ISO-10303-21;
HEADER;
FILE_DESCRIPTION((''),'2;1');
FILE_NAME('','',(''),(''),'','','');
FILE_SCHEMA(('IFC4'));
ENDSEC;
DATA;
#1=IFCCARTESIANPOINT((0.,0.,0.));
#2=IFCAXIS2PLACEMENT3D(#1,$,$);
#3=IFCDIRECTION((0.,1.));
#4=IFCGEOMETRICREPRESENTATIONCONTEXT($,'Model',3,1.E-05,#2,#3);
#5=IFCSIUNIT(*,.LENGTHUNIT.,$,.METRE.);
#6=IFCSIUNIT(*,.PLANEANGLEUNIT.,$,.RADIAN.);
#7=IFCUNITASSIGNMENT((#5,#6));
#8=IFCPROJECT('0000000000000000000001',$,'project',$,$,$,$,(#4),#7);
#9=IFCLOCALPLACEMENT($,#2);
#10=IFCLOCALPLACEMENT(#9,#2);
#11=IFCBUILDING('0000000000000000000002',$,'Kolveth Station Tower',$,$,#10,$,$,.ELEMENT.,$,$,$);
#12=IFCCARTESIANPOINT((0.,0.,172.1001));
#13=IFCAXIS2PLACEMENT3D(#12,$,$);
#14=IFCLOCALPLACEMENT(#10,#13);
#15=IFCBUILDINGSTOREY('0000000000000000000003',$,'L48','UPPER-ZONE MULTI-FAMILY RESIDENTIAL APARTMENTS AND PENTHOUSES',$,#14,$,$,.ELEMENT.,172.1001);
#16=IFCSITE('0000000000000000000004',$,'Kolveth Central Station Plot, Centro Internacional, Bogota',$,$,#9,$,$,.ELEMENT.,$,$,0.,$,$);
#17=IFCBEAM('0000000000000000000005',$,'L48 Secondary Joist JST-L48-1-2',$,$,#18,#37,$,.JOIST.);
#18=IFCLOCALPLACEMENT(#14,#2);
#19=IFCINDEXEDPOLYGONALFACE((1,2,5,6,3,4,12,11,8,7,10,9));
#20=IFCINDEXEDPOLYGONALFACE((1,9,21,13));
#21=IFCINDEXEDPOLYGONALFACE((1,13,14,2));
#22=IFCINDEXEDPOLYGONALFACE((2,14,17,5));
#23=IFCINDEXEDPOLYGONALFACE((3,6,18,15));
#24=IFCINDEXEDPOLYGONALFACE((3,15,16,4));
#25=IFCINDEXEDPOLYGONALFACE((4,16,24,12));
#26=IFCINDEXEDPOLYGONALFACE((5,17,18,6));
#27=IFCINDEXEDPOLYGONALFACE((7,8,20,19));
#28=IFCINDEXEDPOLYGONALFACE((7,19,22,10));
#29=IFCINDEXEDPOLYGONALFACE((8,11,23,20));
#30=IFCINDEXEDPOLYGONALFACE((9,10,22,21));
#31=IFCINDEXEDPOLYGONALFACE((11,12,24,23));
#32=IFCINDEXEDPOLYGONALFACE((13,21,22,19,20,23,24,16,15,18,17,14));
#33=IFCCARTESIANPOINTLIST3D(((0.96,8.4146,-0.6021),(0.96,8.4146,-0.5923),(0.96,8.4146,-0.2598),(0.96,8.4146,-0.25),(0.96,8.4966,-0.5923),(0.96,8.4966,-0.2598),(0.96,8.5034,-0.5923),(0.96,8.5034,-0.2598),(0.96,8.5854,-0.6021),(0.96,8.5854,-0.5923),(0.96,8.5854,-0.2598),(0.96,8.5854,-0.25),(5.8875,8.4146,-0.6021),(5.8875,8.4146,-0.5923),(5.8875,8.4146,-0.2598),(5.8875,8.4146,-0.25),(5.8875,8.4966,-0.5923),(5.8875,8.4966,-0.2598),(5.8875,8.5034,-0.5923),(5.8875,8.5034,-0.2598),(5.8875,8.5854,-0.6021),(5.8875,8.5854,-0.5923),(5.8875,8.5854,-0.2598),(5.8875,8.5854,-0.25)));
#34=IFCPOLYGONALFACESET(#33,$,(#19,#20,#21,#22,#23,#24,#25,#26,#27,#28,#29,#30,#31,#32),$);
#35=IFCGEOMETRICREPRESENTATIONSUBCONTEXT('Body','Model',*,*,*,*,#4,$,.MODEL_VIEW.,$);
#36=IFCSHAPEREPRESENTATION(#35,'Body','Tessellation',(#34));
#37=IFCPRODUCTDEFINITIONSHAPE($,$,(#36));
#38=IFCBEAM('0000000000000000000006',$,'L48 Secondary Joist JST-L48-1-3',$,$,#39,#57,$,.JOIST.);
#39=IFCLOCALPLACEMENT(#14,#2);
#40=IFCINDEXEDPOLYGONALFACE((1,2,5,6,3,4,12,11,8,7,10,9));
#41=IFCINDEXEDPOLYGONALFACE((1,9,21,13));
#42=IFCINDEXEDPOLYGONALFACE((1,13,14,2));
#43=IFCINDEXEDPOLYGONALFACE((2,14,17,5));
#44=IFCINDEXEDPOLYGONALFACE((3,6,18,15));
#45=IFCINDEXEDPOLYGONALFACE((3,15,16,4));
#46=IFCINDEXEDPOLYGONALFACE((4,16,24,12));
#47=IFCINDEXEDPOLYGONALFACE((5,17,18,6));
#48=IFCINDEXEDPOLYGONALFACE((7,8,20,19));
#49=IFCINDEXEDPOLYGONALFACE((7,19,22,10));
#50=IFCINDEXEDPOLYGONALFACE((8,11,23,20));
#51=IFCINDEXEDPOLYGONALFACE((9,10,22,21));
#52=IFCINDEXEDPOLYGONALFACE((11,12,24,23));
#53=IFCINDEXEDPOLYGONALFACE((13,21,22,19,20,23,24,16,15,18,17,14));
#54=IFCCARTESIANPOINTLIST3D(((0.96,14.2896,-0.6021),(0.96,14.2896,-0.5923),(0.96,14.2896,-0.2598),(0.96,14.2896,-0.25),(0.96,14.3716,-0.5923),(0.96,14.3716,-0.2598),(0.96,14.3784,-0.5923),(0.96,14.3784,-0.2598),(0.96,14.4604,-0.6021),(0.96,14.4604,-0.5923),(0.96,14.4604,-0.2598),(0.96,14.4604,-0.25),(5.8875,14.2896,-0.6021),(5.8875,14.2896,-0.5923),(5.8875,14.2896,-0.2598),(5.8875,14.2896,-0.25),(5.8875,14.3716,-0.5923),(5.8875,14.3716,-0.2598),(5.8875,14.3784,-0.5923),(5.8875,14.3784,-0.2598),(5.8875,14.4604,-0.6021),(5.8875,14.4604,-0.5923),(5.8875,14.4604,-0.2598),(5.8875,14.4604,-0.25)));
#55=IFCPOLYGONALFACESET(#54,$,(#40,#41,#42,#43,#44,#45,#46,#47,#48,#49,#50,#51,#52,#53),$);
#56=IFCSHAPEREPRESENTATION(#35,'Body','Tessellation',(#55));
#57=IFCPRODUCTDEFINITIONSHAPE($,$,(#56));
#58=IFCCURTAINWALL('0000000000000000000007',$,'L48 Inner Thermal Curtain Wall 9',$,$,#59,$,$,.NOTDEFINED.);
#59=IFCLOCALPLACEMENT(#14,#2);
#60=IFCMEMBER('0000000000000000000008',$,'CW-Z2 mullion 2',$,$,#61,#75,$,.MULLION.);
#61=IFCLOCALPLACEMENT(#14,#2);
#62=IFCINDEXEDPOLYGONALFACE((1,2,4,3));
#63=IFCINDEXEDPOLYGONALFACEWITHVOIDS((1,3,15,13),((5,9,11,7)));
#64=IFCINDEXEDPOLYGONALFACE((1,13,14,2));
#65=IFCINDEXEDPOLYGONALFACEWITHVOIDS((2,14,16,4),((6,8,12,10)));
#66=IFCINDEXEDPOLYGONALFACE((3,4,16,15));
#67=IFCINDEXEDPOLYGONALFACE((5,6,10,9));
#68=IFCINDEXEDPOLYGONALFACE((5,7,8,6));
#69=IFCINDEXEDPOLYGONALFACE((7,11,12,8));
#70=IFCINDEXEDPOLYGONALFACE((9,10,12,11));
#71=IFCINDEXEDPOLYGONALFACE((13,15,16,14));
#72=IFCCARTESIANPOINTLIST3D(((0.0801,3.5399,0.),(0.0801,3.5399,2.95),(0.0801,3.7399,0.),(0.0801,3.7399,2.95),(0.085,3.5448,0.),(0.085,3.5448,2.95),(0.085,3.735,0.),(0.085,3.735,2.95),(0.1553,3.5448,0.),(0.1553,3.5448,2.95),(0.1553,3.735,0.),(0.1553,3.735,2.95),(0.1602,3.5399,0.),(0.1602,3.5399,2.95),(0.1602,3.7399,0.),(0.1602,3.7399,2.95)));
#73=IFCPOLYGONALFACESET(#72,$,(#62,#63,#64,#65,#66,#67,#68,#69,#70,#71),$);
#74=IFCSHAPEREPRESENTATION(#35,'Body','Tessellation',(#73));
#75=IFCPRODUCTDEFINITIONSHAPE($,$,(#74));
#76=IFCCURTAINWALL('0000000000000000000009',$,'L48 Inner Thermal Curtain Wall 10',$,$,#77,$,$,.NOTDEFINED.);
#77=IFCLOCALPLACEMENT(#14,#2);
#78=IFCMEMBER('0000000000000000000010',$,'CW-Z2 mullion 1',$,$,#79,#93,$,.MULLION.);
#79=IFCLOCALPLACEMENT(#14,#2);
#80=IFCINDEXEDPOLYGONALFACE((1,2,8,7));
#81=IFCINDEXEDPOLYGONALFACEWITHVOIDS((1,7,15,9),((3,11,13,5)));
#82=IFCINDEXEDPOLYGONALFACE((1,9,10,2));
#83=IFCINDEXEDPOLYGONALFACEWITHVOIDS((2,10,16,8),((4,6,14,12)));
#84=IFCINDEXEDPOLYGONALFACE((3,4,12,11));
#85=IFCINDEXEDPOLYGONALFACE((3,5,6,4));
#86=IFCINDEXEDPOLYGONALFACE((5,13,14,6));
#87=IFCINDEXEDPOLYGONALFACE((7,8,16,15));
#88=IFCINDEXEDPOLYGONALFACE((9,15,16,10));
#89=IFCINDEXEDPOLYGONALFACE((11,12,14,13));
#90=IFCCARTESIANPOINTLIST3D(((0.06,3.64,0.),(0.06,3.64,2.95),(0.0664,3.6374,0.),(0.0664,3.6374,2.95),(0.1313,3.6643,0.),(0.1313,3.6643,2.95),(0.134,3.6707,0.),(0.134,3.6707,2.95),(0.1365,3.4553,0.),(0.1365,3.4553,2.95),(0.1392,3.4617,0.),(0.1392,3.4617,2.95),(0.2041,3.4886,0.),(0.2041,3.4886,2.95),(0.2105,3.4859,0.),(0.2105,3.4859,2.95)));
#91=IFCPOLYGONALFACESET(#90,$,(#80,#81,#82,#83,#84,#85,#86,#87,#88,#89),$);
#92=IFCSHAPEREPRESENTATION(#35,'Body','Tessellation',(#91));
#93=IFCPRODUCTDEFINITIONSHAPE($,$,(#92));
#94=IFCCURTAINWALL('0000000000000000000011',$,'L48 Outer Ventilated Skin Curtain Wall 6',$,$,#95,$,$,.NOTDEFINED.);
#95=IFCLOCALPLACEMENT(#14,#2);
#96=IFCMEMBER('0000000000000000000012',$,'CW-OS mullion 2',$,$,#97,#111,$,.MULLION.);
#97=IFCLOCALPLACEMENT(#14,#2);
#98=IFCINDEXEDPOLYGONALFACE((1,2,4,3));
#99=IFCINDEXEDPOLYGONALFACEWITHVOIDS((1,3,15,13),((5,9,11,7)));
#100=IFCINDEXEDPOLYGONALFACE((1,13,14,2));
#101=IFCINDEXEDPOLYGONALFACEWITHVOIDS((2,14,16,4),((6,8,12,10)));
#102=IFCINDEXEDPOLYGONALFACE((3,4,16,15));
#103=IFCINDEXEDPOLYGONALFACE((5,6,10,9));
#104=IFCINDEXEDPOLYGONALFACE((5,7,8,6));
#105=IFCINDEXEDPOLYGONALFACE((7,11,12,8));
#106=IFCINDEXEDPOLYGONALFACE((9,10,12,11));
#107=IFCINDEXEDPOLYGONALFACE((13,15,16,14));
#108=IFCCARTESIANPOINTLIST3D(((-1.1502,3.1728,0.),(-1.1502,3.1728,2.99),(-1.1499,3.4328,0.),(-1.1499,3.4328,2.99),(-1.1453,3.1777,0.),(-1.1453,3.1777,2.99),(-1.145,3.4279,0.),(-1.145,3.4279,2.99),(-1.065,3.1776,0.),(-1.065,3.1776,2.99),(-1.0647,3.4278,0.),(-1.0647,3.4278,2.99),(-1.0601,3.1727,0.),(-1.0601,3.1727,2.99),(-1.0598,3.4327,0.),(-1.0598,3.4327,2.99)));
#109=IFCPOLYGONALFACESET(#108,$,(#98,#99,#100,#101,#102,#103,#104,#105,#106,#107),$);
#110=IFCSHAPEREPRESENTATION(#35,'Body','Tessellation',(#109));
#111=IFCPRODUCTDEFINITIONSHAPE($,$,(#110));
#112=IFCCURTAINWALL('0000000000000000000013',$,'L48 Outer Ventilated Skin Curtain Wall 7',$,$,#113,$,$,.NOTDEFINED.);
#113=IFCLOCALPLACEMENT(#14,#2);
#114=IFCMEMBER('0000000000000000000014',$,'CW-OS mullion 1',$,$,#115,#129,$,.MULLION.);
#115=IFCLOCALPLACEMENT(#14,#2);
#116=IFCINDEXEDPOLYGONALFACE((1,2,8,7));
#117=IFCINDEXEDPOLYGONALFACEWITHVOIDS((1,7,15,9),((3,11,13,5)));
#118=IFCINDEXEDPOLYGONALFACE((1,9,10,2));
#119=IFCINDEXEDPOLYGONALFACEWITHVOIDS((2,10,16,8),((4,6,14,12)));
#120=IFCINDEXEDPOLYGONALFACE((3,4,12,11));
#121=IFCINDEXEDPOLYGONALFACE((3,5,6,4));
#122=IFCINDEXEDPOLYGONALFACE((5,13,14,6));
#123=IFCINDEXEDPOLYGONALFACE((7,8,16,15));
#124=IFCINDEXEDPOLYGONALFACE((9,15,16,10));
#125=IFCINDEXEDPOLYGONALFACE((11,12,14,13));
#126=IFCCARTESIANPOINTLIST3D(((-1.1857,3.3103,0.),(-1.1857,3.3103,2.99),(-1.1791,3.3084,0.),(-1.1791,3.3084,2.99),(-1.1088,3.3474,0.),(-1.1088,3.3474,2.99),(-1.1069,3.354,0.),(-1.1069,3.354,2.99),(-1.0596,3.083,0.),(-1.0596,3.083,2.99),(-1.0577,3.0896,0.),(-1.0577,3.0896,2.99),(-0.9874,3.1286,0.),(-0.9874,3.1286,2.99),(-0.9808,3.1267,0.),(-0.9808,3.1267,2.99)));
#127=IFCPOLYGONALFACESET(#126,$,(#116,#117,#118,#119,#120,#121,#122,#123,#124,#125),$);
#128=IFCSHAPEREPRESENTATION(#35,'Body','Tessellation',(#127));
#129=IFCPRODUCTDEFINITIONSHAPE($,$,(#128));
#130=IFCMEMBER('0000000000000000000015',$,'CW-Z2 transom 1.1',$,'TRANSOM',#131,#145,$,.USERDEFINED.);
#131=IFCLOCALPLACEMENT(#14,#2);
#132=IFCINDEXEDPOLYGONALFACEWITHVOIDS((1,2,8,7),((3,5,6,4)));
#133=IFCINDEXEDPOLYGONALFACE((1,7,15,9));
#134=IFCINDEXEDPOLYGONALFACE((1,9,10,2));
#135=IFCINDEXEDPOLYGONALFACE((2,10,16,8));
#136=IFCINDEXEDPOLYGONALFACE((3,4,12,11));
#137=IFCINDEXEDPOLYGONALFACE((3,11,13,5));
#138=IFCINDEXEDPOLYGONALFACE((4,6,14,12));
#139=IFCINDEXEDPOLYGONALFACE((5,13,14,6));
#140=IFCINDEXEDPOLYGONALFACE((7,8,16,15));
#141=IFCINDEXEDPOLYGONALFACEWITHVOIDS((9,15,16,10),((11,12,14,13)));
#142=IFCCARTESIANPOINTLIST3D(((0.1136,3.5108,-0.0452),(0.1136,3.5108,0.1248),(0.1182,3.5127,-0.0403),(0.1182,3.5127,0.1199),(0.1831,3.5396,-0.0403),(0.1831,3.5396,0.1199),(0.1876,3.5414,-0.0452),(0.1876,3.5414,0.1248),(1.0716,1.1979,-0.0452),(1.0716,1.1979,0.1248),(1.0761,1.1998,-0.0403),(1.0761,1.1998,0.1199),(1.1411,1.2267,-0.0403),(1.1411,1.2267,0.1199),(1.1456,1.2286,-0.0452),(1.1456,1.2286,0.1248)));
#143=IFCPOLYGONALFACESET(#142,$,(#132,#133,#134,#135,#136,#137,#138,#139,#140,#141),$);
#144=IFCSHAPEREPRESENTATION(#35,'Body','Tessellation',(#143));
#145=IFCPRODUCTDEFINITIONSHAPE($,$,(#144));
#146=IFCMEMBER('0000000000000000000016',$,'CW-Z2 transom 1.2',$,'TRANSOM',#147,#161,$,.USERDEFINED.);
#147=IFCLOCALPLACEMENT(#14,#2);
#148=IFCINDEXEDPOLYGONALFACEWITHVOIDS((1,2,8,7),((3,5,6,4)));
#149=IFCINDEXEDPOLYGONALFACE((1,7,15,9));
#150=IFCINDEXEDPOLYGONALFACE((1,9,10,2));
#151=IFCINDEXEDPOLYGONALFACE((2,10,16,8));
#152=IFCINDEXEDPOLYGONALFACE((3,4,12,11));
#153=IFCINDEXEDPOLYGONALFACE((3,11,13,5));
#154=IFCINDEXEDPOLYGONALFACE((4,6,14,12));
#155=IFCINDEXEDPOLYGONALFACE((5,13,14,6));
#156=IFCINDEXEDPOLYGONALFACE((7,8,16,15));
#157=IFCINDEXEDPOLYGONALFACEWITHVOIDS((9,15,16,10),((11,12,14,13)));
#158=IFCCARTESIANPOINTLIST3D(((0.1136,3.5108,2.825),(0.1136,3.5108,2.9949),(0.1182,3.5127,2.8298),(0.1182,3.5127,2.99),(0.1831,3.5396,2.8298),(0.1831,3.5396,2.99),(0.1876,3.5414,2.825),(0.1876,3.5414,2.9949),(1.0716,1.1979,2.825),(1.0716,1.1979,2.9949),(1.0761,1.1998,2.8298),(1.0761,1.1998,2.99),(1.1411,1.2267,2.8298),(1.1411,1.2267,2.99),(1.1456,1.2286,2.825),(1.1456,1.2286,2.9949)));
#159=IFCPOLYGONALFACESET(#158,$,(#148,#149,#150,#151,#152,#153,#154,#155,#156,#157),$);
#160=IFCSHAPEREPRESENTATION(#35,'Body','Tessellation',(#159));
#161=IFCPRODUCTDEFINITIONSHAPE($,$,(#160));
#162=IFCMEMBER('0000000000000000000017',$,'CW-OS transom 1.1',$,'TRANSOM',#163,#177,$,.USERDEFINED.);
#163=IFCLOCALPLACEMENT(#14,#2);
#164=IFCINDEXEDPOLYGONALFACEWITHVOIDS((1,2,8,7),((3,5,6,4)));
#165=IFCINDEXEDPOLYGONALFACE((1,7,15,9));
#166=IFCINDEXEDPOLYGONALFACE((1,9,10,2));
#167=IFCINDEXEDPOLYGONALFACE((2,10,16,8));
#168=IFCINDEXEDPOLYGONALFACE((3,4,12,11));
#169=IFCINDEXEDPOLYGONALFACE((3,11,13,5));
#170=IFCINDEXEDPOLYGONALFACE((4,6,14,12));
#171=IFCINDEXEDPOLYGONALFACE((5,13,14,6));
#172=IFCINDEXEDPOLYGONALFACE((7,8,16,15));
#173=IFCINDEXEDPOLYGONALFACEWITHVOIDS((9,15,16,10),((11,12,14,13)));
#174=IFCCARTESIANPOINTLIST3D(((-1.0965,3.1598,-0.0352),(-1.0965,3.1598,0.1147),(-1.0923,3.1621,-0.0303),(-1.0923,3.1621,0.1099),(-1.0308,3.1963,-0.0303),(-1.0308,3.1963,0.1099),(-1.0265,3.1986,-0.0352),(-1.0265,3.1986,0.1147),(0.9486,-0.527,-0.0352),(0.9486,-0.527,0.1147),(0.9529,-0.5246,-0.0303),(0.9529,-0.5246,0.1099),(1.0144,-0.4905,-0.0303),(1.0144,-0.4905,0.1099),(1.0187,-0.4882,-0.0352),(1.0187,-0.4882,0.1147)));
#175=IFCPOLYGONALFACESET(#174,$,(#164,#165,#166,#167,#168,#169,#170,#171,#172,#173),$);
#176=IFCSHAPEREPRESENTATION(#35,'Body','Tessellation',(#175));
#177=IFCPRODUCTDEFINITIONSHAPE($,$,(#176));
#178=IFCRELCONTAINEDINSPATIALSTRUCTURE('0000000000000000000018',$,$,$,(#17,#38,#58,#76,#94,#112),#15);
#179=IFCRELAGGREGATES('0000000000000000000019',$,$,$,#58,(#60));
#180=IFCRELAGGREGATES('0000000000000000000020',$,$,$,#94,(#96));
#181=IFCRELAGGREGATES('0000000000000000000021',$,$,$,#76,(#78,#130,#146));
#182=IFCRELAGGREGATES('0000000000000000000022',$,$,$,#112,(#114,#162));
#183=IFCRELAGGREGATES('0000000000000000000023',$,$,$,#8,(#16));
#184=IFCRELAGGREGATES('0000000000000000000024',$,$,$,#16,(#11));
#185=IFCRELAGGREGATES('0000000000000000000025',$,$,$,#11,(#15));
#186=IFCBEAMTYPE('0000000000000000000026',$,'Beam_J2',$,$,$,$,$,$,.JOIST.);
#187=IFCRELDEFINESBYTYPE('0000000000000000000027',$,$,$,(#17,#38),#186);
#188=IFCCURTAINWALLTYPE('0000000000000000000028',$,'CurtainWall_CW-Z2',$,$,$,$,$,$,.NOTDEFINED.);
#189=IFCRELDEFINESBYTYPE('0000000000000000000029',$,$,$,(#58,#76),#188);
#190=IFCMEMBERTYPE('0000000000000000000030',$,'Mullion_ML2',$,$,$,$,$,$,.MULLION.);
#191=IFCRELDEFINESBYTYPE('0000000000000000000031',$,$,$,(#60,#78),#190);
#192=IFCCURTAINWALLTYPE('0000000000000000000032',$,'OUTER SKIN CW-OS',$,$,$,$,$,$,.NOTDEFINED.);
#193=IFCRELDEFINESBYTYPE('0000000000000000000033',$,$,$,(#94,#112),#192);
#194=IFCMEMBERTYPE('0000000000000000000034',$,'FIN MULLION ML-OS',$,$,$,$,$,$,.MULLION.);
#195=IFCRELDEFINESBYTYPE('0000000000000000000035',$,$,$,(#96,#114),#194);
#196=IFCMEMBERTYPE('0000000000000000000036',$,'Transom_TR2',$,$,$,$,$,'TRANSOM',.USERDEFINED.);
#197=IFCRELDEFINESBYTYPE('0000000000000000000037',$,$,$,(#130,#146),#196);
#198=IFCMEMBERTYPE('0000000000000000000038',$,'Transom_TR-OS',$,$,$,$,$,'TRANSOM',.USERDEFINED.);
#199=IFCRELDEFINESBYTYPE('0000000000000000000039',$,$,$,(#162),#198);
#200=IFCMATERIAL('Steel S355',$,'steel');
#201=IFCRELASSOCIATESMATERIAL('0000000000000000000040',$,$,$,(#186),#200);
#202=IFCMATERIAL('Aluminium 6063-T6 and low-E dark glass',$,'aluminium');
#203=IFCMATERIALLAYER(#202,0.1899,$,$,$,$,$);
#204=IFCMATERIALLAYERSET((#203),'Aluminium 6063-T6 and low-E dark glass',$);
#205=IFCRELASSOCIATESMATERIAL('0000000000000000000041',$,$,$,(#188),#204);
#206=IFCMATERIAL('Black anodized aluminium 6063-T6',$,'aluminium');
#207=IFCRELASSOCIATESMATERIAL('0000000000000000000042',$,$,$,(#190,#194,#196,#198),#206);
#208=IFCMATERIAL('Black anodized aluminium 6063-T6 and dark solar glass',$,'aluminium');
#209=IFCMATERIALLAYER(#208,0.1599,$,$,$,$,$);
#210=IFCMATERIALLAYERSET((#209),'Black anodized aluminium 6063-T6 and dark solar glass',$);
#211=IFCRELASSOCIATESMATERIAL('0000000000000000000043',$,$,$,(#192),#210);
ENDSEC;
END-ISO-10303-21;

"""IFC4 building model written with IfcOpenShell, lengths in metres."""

from ifc_helpers import new_model, si_unit, direction, frame, origin, origin_2d, place, context, subcontext, project, spatial, hollow_rectangle, i_section, extrude, source, transform, mapped, material, layer, layer_set, material_profile, profile_set, type_object, element, aggregate, save


model = new_model("IFC4")

# Units and contexts
model_context = context("Model", 3, precision=1e-05, world=origin(), true_north=direction((0.0, 1.0)))
body_context = subcontext(model_context, "Body", "Model", "MODEL_VIEW")
ifc_project = project(units=[si_unit("LENGTHUNIT", "METRE"), si_unit("PLANEANGLEUNIT", "RADIAN")], contexts=[model_context])

# Site, building, storey
site_placement = place(None, origin())
site = spatial("IfcSite", under=ifc_project, at=site_placement, Name="Kolveth Central Station Plot, Centro Internacional, Bogota", CompositionType="ELEMENT", RefElevation=0.0)
building_placement = place(site_placement, origin())
building = spatial("IfcBuilding", under=site, at=building_placement, Name="Kolveth Station Tower", CompositionType="ELEMENT")
storey_placement = place(building_placement, frame((0.0, 0.0, 172.1001)))
storey = spatial("IfcBuildingStorey", under=building, at=storey_placement, Name="L48", Description="UPPER-ZONE MULTI-FAMILY RESIDENTIAL APARTMENTS AND PENTHOUSES", CompositionType="ELEMENT", Elevation=172.1001)

# Shared definitions
ifc_material_1 = material(Name="Steel S355", Category="steel")

# Beams
ifc_material_profile_1 = material_profile(ifc_material_1, i_section(OverallWidth=0.1709, OverallDepth=0.3521, WebThickness=0.0068, FlangeThickness=0.0098, at=origin_2d()), Name="W360x44")
ifc_profile_set_1 = profile_set([ifc_material_profile_1], Name="Steel S355")
beam_type_1 = type_object("IfcBeamType", Name="Beam_J2", PredefinedType="JOIST", material=ifc_profile_set_1)
shared_shape_1 = source(origin(), body_context, "Body", "SweptSolid", [
    extrude(i_section(OverallWidth=0.1709, OverallDepth=0.3521, WebThickness=0.0068, FlangeThickness=0.0098, at=origin_2d()), origin(), (0.0, 0.0, 1.0), 4.9275),
])
for number, where, z_axis, x_axis, name in (
    (1, (0.96, 8.5, -0.426), (1.0, 0.0, 0.0), (0.0, 1.0, 0.0), "L48 Secondary Joist JST-L48-1-2"),
    (2, (0.96, 14.375, -0.426), (1.0, 0.0, 0.0), (0.0, 1.0, 0.0), "L48 Secondary Joist JST-L48-1-3"),
):
    element("IfcBeam", number, at=place(storey_placement, frame(where, z_axis=z_axis, x_axis=x_axis)), inside=storey, type_object=beam_type_1, Name=name, PredefinedType="JOIST", context=body_context, shape_type="MappedRepresentation", body=[
        mapped(shared_shape_1, transform((0.0, 0.0, 0.0), x_axis=(1.0, 0.0, 0.0), y_axis=(0.0, 1.0, 0.0), z_axis=(0.0, 0.0, 1.0), scale=1.0)),
    ])

# Curtain walls, members
ifc_material_2 = material(Name="Aluminium 6063-T6 and low-E dark glass", Category="aluminium")
ifc_layer_1 = layer(ifc_material_2, 0.1899)
ifc_layer_set_1 = layer_set([ifc_layer_1], Name="Aluminium 6063-T6 and low-E dark glass")
curtain_wall_type_1 = type_object("IfcCurtainWallType", Name="CurtainWall_CW-Z2", PredefinedType="NOTDEFINED", material=ifc_layer_set_1)
curtain_wall_1_placement = place(storey_placement, origin())
curtain_wall_1 = element("IfcCurtainWall", 3, at=curtain_wall_1_placement, inside=storey, type_object=curtain_wall_type_1, Name="L48 Inner Thermal Curtain Wall 9", PredefinedType="NOTDEFINED")
ifc_material_3 = material(Name="Black anodized aluminium 6063-T6", Category="aluminium")
ifc_material_profile_2 = material_profile(ifc_material_3, hollow_rectangle(XDim=0.0801, YDim=0.2, WallThickness=0.0049, at=origin_2d()), Name="ALU-80x200x5")
ifc_profile_set_2 = profile_set([ifc_material_profile_2], Name="Black anodized aluminium 6063-T6")
member_type_1 = type_object("IfcMemberType", Name="Mullion_ML2", PredefinedType="MULLION", material=ifc_profile_set_2)
shared_shape_2 = source(origin(), body_context, "Body", "SweptSolid", [
    extrude(hollow_rectangle(XDim=0.0801, YDim=0.2, WallThickness=0.0049, at=origin_2d()), origin(), (0.0, 0.0, 1.0), 2.95),
])
member_1_placement = place(storey_placement, frame((0.1201, 3.6399, 0.0), z_axis=(0.0, 0.0, 1.0), x_axis=(1.0, 0.0, 0.0)))
member_1 = element("IfcMember", 4, at=member_1_placement, type_object=member_type_1, Name="CW-Z2 mullion 2", PredefinedType="MULLION", context=body_context, shape_type="MappedRepresentation", body=[
    mapped(shared_shape_2, transform((0.0, 0.0, 0.0), x_axis=(1.0, 0.0, 0.0), y_axis=(0.0, 1.0, 0.0), z_axis=(0.0, 0.0, 1.0), scale=1.0)),
])
aggregate(curtain_wall_1, [member_1])
curtain_wall_2_placement = place(storey_placement, origin())
curtain_wall_2 = element("IfcCurtainWall", 5, at=curtain_wall_2_placement, inside=storey, type_object=curtain_wall_type_1, Name="L48 Inner Thermal Curtain Wall 10", PredefinedType="NOTDEFINED")
member_2_placement = place(storey_placement, frame((0.1353, 3.563, 0.0), z_axis=(0.0, 0.0, 1.0), x_axis=(0.923874, 0.382698, 0.0)))
member_2 = element("IfcMember", 6, at=member_2_placement, type_object=member_type_1, Name="CW-Z2 mullion 1", PredefinedType="MULLION", context=body_context, shape_type="MappedRepresentation", body=[
    mapped(shared_shape_2, transform((0.0, 0.0, 0.0), x_axis=(1.0, 0.0, 0.0), y_axis=(0.0, 1.0, 0.0), z_axis=(0.0, 0.0, 1.0), scale=1.0)),
])
ifc_material_4 = material(Name="Black anodized aluminium 6063-T6 and dark solar glass", Category="aluminium")
ifc_layer_2 = layer(ifc_material_4, 0.1599)
ifc_layer_set_2 = layer_set([ifc_layer_2], Name="Black anodized aluminium 6063-T6 and dark solar glass")
curtain_wall_type_2 = type_object("IfcCurtainWallType", Name="OUTER SKIN CW-OS", PredefinedType="NOTDEFINED", material=ifc_layer_set_2)
curtain_wall_3_placement = place(storey_placement, origin())
curtain_wall_3 = element("IfcCurtainWall", 7, at=curtain_wall_3_placement, inside=storey, type_object=curtain_wall_type_2, Name="L48 Outer Ventilated Skin Curtain Wall 6", PredefinedType="NOTDEFINED")
ifc_material_profile_3 = material_profile(ifc_material_3, hollow_rectangle(XDim=0.0901, YDim=0.26, WallThickness=0.0049, at=origin_2d()), Name="ALU-90x260x5")
ifc_profile_set_3 = profile_set([ifc_material_profile_3], Name="Black anodized aluminium 6063-T6")
member_type_2 = type_object("IfcMemberType", Name="FIN MULLION ML-OS", PredefinedType="MULLION", material=ifc_profile_set_3)
shared_shape_3 = source(origin(), body_context, "Body", "SweptSolid", [
    extrude(hollow_rectangle(XDim=0.0901, YDim=0.26, WallThickness=0.0049, at=origin_2d()), origin(), (0.0, 0.0, 1.0), 2.99),
])
member_3_placement = place(storey_placement, frame((-1.105, 3.3027, 0.0), z_axis=(0.0, 0.0, 1.0), x_axis=(0.999999, -0.001057, 0.0)))
member_3 = element("IfcMember", 8, at=member_3_placement, type_object=member_type_2, Name="CW-OS mullion 2", PredefinedType="MULLION", context=body_context, shape_type="MappedRepresentation", body=[
    mapped(shared_shape_3, transform((0.0, 0.0, 0.0), x_axis=(1.0, 0.0, 0.0), y_axis=(0.0, 1.0, 0.0), z_axis=(0.0, 0.0, 1.0), scale=1.0)),
])
aggregate(curtain_wall_3, [member_3])
curtain_wall_4_placement = place(storey_placement, origin())
curtain_wall_4 = element("IfcCurtainWall", 9, at=curtain_wall_4_placement, inside=storey, type_object=curtain_wall_type_2, Name="L48 Outer Ventilated Skin Curtain Wall 7", PredefinedType="NOTDEFINED")
member_4_placement = place(storey_placement, frame((-1.0833, 3.2185, 0.0), z_axis=(0.0, 0.0, 1.0), x_axis=(0.874472, 0.485077, 0.0)))
member_4 = element("IfcMember", 10, at=member_4_placement, type_object=member_type_2, Name="CW-OS mullion 1", PredefinedType="MULLION", context=body_context, shape_type="MappedRepresentation", body=[
    mapped(shared_shape_3, transform((0.0, 0.0, 0.0), x_axis=(1.0, 0.0, 0.0), y_axis=(0.0, 1.0, 0.0), z_axis=(0.0, 0.0, 1.0), scale=1.0)),
])

# Members
ifc_material_profile_4 = material_profile(ifc_material_3, hollow_rectangle(XDim=0.0801, YDim=0.1699, WallThickness=0.0049, at=origin_2d()), Name="ALU-80x170x5")
ifc_profile_set_4 = profile_set([ifc_material_profile_4], Name="Black anodized aluminium 6063-T6")
member_type_3 = type_object("IfcMemberType", Name="Transom_TR2", ElementType="TRANSOM", PredefinedType="USERDEFINED", material=ifc_profile_set_4)
shared_shape_4 = source(origin(), body_context, "Body", "SweptSolid", [
    extrude(hollow_rectangle(XDim=0.0801, YDim=0.1699, WallThickness=0.0049, at=origin_2d()), origin(), (0.0, 0.0, 1.0), 2.5034),
])
member_5_placement = place(storey_placement, frame((0.1506, 3.5261, 0.0398), z_axis=(0.382662, -0.923888, 0.0), x_axis=(0.923888, 0.382662, 0.0)))
member_5 = element("IfcMember", 11, at=member_5_placement, type_object=member_type_3, Name="CW-Z2 transom 1.1", ObjectType="TRANSOM", PredefinedType="USERDEFINED", context=body_context, shape_type="MappedRepresentation", body=[
    mapped(shared_shape_4, transform((0.0, 0.0, 0.0), x_axis=(1.0, 0.0, 0.0), y_axis=(0.0, 1.0, 0.0), z_axis=(0.0, 0.0, 1.0), scale=1.0)),
])
member_6_placement = place(storey_placement, frame((0.1506, 3.5261, 2.9099), z_axis=(0.382662, -0.923888, 0.0), x_axis=(0.923888, 0.382662, 0.0)))
member_6 = element("IfcMember", 12, at=member_6_placement, type_object=member_type_3, Name="CW-Z2 transom 1.2", ObjectType="TRANSOM", PredefinedType="USERDEFINED", context=body_context, shape_type="MappedRepresentation", body=[
    mapped(shared_shape_4, transform((0.0, 0.0, 0.0), x_axis=(1.0, 0.0, 0.0), y_axis=(0.0, 1.0, 0.0), z_axis=(0.0, 0.0, 1.0), scale=1.0)),
])
aggregate(curtain_wall_2, [member_2, member_5, member_6])
ifc_material_profile_5 = material_profile(ifc_material_3, hollow_rectangle(XDim=0.0801, YDim=0.1499, WallThickness=0.0049, at=origin_2d()), Name="ALU-80x150x5")
ifc_profile_set_5 = profile_set([ifc_material_profile_5], Name="Black anodized aluminium 6063-T6")
member_type_4 = type_object("IfcMemberType", Name="Transom_TR-OS", ElementType="TRANSOM", PredefinedType="USERDEFINED", material=ifc_profile_set_5)
shared_shape_5 = source(origin(), body_context, "Body", "SweptSolid", [
    extrude(hollow_rectangle(XDim=0.0801, YDim=0.1499, WallThickness=0.0049, at=origin_2d()), origin(), (0.0, 0.0, 1.0), 4.2161),
])
member_7_placement = place(storey_placement, frame((-1.0615, 3.1792, 0.0398), z_axis=(0.485092, -0.874463, 0.0), x_axis=(0.874463, 0.485092, 0.0)))
member_7 = element("IfcMember", 13, at=member_7_placement, type_object=member_type_4, Name="CW-OS transom 1.1", ObjectType="TRANSOM", PredefinedType="USERDEFINED", context=body_context, shape_type="MappedRepresentation", body=[
    mapped(shared_shape_5, transform((0.0, 0.0, 0.0), x_axis=(1.0, 0.0, 0.0), y_axis=(0.0, 1.0, 0.0), z_axis=(0.0, 0.0, 1.0), scale=1.0)),
])
aggregate(curtain_wall_4, [member_4, member_7])

save(model, "model.ifc")
